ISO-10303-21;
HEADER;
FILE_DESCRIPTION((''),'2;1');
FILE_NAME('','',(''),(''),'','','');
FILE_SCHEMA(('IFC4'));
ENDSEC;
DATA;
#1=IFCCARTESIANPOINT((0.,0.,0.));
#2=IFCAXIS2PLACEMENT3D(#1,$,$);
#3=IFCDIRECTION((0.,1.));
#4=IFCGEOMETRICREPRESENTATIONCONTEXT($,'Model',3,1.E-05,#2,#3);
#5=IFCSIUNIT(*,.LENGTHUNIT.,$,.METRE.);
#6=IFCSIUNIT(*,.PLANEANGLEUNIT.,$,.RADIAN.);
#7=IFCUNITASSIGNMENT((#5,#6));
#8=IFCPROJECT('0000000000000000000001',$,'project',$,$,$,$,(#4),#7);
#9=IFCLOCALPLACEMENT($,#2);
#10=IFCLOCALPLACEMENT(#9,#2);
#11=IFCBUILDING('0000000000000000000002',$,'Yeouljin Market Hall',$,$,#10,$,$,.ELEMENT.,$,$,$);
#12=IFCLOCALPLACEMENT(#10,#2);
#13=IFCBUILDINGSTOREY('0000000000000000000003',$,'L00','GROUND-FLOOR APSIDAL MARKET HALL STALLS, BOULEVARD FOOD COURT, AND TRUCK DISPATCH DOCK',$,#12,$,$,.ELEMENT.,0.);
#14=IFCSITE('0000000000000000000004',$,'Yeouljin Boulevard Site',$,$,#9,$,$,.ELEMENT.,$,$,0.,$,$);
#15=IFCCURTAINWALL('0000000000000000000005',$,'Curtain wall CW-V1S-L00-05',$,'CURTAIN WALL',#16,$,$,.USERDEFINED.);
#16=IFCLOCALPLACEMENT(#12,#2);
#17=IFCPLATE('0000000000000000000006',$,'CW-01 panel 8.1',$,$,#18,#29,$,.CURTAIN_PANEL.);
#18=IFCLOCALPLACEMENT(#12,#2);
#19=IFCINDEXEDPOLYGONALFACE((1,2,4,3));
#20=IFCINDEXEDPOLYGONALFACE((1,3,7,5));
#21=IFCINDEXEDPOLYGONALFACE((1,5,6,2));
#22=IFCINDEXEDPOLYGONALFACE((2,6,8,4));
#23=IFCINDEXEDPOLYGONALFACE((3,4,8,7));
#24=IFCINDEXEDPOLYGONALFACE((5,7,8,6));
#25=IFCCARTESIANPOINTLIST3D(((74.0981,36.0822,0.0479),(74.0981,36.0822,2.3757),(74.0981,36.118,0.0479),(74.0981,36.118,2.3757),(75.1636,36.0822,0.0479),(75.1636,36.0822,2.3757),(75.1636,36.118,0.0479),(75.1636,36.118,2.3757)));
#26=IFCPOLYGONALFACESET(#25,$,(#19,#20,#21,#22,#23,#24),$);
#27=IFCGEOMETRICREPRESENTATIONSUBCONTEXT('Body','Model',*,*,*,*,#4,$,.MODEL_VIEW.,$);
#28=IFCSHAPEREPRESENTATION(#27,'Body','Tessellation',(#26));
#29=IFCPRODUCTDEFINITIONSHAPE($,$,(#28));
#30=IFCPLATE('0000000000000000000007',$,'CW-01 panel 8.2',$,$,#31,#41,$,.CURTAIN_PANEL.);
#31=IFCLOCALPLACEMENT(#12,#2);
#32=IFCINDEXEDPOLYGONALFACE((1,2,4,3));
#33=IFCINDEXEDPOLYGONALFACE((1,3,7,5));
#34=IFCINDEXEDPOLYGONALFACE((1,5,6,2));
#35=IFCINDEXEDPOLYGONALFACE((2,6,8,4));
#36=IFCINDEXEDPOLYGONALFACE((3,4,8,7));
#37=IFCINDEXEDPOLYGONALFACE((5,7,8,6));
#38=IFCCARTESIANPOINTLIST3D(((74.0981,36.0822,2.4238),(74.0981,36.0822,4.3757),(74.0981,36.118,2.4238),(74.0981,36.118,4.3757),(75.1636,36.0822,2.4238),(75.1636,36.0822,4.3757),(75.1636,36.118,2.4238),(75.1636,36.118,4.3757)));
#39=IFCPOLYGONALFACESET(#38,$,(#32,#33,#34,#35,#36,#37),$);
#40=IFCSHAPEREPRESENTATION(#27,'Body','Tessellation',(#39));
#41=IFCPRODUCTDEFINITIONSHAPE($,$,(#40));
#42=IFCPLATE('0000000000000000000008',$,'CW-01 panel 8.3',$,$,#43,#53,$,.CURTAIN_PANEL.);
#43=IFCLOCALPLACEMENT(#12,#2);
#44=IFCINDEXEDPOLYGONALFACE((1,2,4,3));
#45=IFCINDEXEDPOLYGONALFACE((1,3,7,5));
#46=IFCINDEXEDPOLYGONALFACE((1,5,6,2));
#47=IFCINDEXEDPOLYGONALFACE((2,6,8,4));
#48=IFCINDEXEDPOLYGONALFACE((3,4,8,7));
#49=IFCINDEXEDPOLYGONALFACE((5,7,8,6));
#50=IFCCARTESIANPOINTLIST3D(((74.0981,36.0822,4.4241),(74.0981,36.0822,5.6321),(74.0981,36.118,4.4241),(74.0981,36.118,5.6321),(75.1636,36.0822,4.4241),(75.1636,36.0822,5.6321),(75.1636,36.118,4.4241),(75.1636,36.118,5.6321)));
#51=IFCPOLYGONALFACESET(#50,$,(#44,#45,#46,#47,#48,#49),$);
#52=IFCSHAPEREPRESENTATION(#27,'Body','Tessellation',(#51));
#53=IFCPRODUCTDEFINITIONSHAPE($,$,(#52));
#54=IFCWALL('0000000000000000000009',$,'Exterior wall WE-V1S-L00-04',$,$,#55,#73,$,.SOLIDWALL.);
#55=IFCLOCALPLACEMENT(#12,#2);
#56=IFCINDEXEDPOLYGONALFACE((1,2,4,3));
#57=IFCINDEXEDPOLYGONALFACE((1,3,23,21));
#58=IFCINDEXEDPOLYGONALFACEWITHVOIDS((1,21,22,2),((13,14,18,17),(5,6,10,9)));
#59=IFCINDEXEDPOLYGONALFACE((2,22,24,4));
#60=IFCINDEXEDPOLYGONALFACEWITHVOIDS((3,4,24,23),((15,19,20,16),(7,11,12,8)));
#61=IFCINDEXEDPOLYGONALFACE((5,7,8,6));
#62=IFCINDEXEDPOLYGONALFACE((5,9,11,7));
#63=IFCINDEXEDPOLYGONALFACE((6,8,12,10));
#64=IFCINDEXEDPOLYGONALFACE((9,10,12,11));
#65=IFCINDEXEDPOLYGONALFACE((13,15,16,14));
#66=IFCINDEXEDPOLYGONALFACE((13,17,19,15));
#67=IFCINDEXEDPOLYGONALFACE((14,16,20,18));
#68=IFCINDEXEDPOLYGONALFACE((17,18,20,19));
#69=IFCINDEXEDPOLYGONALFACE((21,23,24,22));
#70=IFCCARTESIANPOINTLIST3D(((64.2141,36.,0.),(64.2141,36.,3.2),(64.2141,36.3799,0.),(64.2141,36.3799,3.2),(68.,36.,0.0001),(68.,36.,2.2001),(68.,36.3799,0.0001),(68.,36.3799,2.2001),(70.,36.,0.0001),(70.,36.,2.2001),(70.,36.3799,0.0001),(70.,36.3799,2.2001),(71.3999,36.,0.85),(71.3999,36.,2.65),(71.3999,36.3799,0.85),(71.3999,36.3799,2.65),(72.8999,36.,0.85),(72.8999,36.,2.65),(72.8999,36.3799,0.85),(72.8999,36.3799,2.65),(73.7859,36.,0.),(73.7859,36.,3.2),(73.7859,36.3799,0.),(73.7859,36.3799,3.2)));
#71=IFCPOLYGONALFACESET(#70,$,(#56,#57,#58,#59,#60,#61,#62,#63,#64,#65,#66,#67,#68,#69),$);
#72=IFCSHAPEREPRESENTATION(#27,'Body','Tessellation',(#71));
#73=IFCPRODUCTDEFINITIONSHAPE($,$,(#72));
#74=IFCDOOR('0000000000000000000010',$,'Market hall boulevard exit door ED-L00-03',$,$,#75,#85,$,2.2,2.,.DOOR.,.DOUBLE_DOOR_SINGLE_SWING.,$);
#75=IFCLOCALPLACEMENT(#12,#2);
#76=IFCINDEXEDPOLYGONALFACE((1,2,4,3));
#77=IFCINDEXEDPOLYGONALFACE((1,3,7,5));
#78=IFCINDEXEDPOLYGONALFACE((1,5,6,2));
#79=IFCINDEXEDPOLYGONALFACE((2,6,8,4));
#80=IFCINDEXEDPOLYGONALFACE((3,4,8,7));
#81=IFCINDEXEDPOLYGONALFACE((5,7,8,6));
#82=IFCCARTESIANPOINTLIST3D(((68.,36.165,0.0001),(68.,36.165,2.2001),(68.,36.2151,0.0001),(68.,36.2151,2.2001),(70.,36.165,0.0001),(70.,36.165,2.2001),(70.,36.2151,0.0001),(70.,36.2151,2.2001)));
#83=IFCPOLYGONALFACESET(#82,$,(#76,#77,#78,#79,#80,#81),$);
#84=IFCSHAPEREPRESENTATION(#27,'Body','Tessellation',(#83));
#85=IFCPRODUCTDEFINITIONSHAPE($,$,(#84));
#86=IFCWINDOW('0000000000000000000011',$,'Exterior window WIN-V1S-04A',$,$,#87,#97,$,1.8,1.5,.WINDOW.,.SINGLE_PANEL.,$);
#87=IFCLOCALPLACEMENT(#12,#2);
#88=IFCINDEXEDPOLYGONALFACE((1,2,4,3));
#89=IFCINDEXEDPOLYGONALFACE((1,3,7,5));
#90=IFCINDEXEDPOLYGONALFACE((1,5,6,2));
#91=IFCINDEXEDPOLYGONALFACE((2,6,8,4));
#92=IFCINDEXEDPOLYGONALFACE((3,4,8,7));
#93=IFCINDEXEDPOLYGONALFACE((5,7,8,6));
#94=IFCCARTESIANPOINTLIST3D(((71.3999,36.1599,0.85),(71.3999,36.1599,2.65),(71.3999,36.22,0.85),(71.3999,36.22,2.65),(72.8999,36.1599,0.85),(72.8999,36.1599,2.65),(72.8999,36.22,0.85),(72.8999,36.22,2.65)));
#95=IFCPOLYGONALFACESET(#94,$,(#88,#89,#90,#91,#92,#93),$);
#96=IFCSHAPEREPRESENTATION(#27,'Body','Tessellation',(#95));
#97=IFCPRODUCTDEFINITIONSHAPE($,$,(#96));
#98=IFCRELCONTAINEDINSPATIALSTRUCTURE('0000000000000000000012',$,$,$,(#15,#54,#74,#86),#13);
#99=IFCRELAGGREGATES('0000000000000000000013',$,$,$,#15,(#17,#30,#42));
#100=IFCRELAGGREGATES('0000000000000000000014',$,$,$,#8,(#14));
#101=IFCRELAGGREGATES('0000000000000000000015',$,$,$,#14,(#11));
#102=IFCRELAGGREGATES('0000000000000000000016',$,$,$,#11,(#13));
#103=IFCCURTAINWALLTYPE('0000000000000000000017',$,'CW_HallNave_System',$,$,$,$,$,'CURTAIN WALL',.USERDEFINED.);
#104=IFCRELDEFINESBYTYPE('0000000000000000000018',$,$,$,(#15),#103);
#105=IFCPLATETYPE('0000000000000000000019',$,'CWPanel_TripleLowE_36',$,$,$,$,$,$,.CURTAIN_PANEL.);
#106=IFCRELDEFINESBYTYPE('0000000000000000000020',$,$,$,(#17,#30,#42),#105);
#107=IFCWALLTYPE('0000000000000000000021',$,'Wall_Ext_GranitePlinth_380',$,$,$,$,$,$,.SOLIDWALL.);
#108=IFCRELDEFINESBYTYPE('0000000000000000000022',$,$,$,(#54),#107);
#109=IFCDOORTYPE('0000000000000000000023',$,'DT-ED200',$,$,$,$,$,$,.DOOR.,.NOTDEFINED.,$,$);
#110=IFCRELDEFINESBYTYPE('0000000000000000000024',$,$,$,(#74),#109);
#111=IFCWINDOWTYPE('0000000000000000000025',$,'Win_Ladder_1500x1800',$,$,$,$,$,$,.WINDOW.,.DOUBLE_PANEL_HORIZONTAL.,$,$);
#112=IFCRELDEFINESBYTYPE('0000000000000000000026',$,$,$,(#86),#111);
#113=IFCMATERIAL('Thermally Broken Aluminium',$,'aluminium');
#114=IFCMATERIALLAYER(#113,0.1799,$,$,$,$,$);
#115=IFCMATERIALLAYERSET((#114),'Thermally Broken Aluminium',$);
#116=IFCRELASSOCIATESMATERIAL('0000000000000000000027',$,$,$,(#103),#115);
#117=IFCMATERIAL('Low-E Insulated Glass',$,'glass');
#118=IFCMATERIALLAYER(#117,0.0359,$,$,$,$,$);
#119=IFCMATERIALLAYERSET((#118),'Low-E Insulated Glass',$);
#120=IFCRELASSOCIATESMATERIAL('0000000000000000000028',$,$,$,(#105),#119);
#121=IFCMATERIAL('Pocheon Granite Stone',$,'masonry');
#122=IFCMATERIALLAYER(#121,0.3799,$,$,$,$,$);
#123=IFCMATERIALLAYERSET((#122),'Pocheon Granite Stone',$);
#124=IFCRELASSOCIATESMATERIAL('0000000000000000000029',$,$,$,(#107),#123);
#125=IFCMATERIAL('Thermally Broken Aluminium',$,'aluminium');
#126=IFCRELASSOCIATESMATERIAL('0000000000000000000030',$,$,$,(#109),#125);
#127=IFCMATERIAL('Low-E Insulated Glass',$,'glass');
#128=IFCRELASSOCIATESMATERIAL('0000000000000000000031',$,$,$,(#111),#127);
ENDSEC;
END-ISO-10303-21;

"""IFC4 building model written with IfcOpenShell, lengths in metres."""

from ifc_helpers import new_model, si_unit, direction, frame, frame_2d, origin, origin_2d, place, context, subcontext, project, spatial, rectangle, extrude, material, layer, layer_set, type_object, element, fill, aggregate, save


model = new_model("IFC4")

# Units and contexts
model_context = context("Model", 3, precision=1e-05, world=origin(), true_north=direction((0.0, 1.0)))
body_context = subcontext(model_context, "Body", "Model", "MODEL_VIEW")
ifc_project = project(units=[si_unit("LENGTHUNIT", "METRE"), si_unit("PLANEANGLEUNIT", "RADIAN")], contexts=[model_context])

# Site, building, storey
site_placement = place(None, origin())
site = spatial("IfcSite", under=ifc_project, at=site_placement, Name="Yeouljin Boulevard Site", CompositionType="ELEMENT", RefElevation=0.0)
building_placement = place(site_placement, origin())
building = spatial("IfcBuilding", under=site, at=building_placement, Name="Yeouljin Market Hall", CompositionType="ELEMENT")
storey_placement = place(building_placement, origin())
storey = spatial("IfcBuildingStorey", under=building, at=storey_placement, Name="L00", Description="GROUND-FLOOR APSIDAL MARKET HALL STALLS, BOULEVARD FOOD COURT, AND TRUCK DISPATCH DOCK", CompositionType="ELEMENT", Elevation=0.0)

# Curtain wall
ifc_material_1 = material(Name="Thermally Broken Aluminium", Category="aluminium")
ifc_layer_1 = layer(ifc_material_1, 0.1799)
ifc_layer_set_1 = layer_set([ifc_layer_1], Name="Thermally Broken Aluminium")
curtain_wall_type = type_object("IfcCurtainWallType", Name="CW_HallNave_System", ElementType="CURTAIN WALL", PredefinedType="USERDEFINED", material=ifc_layer_set_1)
curtain_wall_1_placement = place(storey_placement, origin())
curtain_wall_1 = element("IfcCurtainWall", 1, at=curtain_wall_1_placement, inside=storey, type_object=curtain_wall_type, Name="Curtain wall CW-V1S-L00-05", ObjectType="CURTAIN WALL", PredefinedType="USERDEFINED")

# Plates
ifc_material_2 = material(Name="Low-E Insulated Glass", Category="glass")
ifc_layer_2 = layer(ifc_material_2, 0.0359)
ifc_layer_set_2 = layer_set([ifc_layer_2], Name="Low-E Insulated Glass")
plate_type_1 = type_object("IfcPlateType", Name="CWPanel_TripleLowE_36", PredefinedType="CURTAIN_PANEL", material=ifc_layer_set_2)
plate_1_placement = place(storey_placement, frame((74.6309, 36.1001, 0.0479), z_axis=(0.0, 0.0, 1.0), x_axis=(-1.0, 0.0, 0.0)))
plate_1 = element("IfcPlate", 2, at=plate_1_placement, type_object=plate_type_1, Name="CW-01 panel 8.1", PredefinedType="CURTAIN_PANEL", context=body_context, shape_type="SweptSolid", body=[
    extrude(rectangle(XDim=1.0654, YDim=0.0359, at=origin_2d()), origin(), (0.0, 0.0, 1.0), 2.3279),
])
plate_2_placement = place(storey_placement, frame((74.6309, 36.1001, 2.4238), z_axis=(0.0, 0.0, 1.0), x_axis=(-1.0, 0.0, 0.0)))
plate_2 = element("IfcPlate", 3, at=plate_2_placement, type_object=plate_type_1, Name="CW-01 panel 8.2", PredefinedType="CURTAIN_PANEL", context=body_context, shape_type="SweptSolid", body=[
    extrude(rectangle(XDim=1.0654, YDim=0.0359, at=origin_2d()), origin(), (0.0, 0.0, 1.0), 1.9519),
])
plate_3_placement = place(storey_placement, frame((74.6309, 36.1001, 4.4241), z_axis=(0.0, 0.0, 1.0), x_axis=(-1.0, 0.0, 0.0)))
plate_3 = element("IfcPlate", 4, at=plate_3_placement, type_object=plate_type_1, Name="CW-01 panel 8.3", PredefinedType="CURTAIN_PANEL", context=body_context, shape_type="SweptSolid", body=[
    extrude(rectangle(XDim=1.0654, YDim=0.0359, at=origin_2d()), origin(), (0.0, 0.0, 1.0), 1.208),
])
aggregate(curtain_wall_1, [plate_1, plate_2, plate_3])

# Wall, openings, door, window
ifc_material_3 = material(Name="Pocheon Granite Stone", Category="masonry")
ifc_layer_3 = layer(ifc_material_3, 0.3799)
ifc_layer_set_3 = layer_set([ifc_layer_3], Name="Pocheon Granite Stone")
wall_type = type_object("IfcWallType", Name="Wall_Ext_GranitePlinth_380", PredefinedType="SOLIDWALL", material=ifc_layer_set_3)
wall_placement = place(storey_placement, frame((73.7859, 36.1899, 0.0), z_axis=(0.0, 0.0, 1.0), x_axis=(-1.0, 0.0, 0.0)))
wall = element("IfcWall", 5, at=wall_placement, inside=storey, type_object=wall_type, Name="Exterior wall WE-V1S-L00-04", PredefinedType="SOLIDWALL", context=body_context, shape_type="SweptSolid", body=[
    extrude(rectangle(XDim=9.5718, YDim=0.3799, at=frame_2d((4.7859, 0.0))), origin(), (0.0, 0.0, 1.0), 3.2),
])
opening_1_placement = place(wall_placement, frame((3.7859, 0.0, 0.0)))
opening_1 = element("IfcOpeningElement", 6, at=opening_1_placement, cuts=wall, PredefinedType="OPENING", context=body_context, shape_type="SweptSolid", body=[
    extrude(rectangle(XDim=2.0, YDim=2.2, at=frame_2d((1.0, 1.1001))), frame((0.0, 0.2, 0.0), z_axis=(0.0, -1.0, 0.0), x_axis=(1.0, 0.0, 0.0)), (0.0, 0.0, 1.0), 0.3999),
])
opening_2_placement = place(wall_placement, frame((0.886, 0.0, 0.8501)))
opening_2 = element("IfcOpeningElement", 7, at=opening_2_placement, cuts=wall, PredefinedType="OPENING", context=body_context, shape_type="SweptSolid", body=[
    extrude(rectangle(XDim=1.5, YDim=1.8, at=frame_2d((0.75, 0.8999))), frame((0.0, 0.2, 0.0), z_axis=(0.0, -1.0, 0.0), x_axis=(1.0, 0.0, 0.0)), (0.0, 0.0, 1.0), 0.3999),
])
ifc_material_4 = material(Name="Thermally Broken Aluminium", Category="aluminium")
door_type = type_object("IfcDoorType", Name="DT-ED200", OperationType="NOTDEFINED", PredefinedType="DOOR", material=ifc_material_4)
door_placement = place(opening_1_placement, origin())
door = element("IfcDoor", 8, at=door_placement, inside=storey, type_object=door_type, Name="Market hall boulevard exit door ED-L00-03", OperationType="DOUBLE_DOOR_SINGLE_SWING", OverallHeight=2.2, OverallWidth=2.0, PredefinedType="DOOR", context=body_context, shape_type="SweptSolid", body=[
    extrude(rectangle(XDim=2.0, YDim=2.2, at=frame_2d((1.0, 1.1001))), frame((0.0, 0.0249, 0.0), z_axis=(0.0, -1.0, 0.0), x_axis=(1.0, 0.0, 0.0)), (0.0, 0.0, 1.0), 0.05),
])
fill(opening_1, door)
ifc_material_5 = material(Name="Low-E Insulated Glass", Category="glass")
window_type = type_object("IfcWindowType", Name="Win_Ladder_1500x1800", PartitioningType="DOUBLE_PANEL_HORIZONTAL", PredefinedType="WINDOW", material=ifc_material_5)
window_placement = place(opening_2_placement, origin())
window = element("IfcWindow", 9, at=window_placement, inside=storey, type_object=window_type, Name="Exterior window WIN-V1S-04A", OverallHeight=1.8, OverallWidth=1.5, PartitioningType="SINGLE_PANEL", PredefinedType="WINDOW", context=body_context, shape_type="SweptSolid", body=[
    extrude(rectangle(XDim=1.5, YDim=1.8, at=frame_2d((0.75, 0.8999))), frame((0.0, 0.03, 0.0), z_axis=(0.0, -1.0, 0.0), x_axis=(1.0, 0.0, 0.0)), (0.0, 0.0, 1.0), 0.0601),
])
fill(opening_2, window)

save(model, "model.ifc")
